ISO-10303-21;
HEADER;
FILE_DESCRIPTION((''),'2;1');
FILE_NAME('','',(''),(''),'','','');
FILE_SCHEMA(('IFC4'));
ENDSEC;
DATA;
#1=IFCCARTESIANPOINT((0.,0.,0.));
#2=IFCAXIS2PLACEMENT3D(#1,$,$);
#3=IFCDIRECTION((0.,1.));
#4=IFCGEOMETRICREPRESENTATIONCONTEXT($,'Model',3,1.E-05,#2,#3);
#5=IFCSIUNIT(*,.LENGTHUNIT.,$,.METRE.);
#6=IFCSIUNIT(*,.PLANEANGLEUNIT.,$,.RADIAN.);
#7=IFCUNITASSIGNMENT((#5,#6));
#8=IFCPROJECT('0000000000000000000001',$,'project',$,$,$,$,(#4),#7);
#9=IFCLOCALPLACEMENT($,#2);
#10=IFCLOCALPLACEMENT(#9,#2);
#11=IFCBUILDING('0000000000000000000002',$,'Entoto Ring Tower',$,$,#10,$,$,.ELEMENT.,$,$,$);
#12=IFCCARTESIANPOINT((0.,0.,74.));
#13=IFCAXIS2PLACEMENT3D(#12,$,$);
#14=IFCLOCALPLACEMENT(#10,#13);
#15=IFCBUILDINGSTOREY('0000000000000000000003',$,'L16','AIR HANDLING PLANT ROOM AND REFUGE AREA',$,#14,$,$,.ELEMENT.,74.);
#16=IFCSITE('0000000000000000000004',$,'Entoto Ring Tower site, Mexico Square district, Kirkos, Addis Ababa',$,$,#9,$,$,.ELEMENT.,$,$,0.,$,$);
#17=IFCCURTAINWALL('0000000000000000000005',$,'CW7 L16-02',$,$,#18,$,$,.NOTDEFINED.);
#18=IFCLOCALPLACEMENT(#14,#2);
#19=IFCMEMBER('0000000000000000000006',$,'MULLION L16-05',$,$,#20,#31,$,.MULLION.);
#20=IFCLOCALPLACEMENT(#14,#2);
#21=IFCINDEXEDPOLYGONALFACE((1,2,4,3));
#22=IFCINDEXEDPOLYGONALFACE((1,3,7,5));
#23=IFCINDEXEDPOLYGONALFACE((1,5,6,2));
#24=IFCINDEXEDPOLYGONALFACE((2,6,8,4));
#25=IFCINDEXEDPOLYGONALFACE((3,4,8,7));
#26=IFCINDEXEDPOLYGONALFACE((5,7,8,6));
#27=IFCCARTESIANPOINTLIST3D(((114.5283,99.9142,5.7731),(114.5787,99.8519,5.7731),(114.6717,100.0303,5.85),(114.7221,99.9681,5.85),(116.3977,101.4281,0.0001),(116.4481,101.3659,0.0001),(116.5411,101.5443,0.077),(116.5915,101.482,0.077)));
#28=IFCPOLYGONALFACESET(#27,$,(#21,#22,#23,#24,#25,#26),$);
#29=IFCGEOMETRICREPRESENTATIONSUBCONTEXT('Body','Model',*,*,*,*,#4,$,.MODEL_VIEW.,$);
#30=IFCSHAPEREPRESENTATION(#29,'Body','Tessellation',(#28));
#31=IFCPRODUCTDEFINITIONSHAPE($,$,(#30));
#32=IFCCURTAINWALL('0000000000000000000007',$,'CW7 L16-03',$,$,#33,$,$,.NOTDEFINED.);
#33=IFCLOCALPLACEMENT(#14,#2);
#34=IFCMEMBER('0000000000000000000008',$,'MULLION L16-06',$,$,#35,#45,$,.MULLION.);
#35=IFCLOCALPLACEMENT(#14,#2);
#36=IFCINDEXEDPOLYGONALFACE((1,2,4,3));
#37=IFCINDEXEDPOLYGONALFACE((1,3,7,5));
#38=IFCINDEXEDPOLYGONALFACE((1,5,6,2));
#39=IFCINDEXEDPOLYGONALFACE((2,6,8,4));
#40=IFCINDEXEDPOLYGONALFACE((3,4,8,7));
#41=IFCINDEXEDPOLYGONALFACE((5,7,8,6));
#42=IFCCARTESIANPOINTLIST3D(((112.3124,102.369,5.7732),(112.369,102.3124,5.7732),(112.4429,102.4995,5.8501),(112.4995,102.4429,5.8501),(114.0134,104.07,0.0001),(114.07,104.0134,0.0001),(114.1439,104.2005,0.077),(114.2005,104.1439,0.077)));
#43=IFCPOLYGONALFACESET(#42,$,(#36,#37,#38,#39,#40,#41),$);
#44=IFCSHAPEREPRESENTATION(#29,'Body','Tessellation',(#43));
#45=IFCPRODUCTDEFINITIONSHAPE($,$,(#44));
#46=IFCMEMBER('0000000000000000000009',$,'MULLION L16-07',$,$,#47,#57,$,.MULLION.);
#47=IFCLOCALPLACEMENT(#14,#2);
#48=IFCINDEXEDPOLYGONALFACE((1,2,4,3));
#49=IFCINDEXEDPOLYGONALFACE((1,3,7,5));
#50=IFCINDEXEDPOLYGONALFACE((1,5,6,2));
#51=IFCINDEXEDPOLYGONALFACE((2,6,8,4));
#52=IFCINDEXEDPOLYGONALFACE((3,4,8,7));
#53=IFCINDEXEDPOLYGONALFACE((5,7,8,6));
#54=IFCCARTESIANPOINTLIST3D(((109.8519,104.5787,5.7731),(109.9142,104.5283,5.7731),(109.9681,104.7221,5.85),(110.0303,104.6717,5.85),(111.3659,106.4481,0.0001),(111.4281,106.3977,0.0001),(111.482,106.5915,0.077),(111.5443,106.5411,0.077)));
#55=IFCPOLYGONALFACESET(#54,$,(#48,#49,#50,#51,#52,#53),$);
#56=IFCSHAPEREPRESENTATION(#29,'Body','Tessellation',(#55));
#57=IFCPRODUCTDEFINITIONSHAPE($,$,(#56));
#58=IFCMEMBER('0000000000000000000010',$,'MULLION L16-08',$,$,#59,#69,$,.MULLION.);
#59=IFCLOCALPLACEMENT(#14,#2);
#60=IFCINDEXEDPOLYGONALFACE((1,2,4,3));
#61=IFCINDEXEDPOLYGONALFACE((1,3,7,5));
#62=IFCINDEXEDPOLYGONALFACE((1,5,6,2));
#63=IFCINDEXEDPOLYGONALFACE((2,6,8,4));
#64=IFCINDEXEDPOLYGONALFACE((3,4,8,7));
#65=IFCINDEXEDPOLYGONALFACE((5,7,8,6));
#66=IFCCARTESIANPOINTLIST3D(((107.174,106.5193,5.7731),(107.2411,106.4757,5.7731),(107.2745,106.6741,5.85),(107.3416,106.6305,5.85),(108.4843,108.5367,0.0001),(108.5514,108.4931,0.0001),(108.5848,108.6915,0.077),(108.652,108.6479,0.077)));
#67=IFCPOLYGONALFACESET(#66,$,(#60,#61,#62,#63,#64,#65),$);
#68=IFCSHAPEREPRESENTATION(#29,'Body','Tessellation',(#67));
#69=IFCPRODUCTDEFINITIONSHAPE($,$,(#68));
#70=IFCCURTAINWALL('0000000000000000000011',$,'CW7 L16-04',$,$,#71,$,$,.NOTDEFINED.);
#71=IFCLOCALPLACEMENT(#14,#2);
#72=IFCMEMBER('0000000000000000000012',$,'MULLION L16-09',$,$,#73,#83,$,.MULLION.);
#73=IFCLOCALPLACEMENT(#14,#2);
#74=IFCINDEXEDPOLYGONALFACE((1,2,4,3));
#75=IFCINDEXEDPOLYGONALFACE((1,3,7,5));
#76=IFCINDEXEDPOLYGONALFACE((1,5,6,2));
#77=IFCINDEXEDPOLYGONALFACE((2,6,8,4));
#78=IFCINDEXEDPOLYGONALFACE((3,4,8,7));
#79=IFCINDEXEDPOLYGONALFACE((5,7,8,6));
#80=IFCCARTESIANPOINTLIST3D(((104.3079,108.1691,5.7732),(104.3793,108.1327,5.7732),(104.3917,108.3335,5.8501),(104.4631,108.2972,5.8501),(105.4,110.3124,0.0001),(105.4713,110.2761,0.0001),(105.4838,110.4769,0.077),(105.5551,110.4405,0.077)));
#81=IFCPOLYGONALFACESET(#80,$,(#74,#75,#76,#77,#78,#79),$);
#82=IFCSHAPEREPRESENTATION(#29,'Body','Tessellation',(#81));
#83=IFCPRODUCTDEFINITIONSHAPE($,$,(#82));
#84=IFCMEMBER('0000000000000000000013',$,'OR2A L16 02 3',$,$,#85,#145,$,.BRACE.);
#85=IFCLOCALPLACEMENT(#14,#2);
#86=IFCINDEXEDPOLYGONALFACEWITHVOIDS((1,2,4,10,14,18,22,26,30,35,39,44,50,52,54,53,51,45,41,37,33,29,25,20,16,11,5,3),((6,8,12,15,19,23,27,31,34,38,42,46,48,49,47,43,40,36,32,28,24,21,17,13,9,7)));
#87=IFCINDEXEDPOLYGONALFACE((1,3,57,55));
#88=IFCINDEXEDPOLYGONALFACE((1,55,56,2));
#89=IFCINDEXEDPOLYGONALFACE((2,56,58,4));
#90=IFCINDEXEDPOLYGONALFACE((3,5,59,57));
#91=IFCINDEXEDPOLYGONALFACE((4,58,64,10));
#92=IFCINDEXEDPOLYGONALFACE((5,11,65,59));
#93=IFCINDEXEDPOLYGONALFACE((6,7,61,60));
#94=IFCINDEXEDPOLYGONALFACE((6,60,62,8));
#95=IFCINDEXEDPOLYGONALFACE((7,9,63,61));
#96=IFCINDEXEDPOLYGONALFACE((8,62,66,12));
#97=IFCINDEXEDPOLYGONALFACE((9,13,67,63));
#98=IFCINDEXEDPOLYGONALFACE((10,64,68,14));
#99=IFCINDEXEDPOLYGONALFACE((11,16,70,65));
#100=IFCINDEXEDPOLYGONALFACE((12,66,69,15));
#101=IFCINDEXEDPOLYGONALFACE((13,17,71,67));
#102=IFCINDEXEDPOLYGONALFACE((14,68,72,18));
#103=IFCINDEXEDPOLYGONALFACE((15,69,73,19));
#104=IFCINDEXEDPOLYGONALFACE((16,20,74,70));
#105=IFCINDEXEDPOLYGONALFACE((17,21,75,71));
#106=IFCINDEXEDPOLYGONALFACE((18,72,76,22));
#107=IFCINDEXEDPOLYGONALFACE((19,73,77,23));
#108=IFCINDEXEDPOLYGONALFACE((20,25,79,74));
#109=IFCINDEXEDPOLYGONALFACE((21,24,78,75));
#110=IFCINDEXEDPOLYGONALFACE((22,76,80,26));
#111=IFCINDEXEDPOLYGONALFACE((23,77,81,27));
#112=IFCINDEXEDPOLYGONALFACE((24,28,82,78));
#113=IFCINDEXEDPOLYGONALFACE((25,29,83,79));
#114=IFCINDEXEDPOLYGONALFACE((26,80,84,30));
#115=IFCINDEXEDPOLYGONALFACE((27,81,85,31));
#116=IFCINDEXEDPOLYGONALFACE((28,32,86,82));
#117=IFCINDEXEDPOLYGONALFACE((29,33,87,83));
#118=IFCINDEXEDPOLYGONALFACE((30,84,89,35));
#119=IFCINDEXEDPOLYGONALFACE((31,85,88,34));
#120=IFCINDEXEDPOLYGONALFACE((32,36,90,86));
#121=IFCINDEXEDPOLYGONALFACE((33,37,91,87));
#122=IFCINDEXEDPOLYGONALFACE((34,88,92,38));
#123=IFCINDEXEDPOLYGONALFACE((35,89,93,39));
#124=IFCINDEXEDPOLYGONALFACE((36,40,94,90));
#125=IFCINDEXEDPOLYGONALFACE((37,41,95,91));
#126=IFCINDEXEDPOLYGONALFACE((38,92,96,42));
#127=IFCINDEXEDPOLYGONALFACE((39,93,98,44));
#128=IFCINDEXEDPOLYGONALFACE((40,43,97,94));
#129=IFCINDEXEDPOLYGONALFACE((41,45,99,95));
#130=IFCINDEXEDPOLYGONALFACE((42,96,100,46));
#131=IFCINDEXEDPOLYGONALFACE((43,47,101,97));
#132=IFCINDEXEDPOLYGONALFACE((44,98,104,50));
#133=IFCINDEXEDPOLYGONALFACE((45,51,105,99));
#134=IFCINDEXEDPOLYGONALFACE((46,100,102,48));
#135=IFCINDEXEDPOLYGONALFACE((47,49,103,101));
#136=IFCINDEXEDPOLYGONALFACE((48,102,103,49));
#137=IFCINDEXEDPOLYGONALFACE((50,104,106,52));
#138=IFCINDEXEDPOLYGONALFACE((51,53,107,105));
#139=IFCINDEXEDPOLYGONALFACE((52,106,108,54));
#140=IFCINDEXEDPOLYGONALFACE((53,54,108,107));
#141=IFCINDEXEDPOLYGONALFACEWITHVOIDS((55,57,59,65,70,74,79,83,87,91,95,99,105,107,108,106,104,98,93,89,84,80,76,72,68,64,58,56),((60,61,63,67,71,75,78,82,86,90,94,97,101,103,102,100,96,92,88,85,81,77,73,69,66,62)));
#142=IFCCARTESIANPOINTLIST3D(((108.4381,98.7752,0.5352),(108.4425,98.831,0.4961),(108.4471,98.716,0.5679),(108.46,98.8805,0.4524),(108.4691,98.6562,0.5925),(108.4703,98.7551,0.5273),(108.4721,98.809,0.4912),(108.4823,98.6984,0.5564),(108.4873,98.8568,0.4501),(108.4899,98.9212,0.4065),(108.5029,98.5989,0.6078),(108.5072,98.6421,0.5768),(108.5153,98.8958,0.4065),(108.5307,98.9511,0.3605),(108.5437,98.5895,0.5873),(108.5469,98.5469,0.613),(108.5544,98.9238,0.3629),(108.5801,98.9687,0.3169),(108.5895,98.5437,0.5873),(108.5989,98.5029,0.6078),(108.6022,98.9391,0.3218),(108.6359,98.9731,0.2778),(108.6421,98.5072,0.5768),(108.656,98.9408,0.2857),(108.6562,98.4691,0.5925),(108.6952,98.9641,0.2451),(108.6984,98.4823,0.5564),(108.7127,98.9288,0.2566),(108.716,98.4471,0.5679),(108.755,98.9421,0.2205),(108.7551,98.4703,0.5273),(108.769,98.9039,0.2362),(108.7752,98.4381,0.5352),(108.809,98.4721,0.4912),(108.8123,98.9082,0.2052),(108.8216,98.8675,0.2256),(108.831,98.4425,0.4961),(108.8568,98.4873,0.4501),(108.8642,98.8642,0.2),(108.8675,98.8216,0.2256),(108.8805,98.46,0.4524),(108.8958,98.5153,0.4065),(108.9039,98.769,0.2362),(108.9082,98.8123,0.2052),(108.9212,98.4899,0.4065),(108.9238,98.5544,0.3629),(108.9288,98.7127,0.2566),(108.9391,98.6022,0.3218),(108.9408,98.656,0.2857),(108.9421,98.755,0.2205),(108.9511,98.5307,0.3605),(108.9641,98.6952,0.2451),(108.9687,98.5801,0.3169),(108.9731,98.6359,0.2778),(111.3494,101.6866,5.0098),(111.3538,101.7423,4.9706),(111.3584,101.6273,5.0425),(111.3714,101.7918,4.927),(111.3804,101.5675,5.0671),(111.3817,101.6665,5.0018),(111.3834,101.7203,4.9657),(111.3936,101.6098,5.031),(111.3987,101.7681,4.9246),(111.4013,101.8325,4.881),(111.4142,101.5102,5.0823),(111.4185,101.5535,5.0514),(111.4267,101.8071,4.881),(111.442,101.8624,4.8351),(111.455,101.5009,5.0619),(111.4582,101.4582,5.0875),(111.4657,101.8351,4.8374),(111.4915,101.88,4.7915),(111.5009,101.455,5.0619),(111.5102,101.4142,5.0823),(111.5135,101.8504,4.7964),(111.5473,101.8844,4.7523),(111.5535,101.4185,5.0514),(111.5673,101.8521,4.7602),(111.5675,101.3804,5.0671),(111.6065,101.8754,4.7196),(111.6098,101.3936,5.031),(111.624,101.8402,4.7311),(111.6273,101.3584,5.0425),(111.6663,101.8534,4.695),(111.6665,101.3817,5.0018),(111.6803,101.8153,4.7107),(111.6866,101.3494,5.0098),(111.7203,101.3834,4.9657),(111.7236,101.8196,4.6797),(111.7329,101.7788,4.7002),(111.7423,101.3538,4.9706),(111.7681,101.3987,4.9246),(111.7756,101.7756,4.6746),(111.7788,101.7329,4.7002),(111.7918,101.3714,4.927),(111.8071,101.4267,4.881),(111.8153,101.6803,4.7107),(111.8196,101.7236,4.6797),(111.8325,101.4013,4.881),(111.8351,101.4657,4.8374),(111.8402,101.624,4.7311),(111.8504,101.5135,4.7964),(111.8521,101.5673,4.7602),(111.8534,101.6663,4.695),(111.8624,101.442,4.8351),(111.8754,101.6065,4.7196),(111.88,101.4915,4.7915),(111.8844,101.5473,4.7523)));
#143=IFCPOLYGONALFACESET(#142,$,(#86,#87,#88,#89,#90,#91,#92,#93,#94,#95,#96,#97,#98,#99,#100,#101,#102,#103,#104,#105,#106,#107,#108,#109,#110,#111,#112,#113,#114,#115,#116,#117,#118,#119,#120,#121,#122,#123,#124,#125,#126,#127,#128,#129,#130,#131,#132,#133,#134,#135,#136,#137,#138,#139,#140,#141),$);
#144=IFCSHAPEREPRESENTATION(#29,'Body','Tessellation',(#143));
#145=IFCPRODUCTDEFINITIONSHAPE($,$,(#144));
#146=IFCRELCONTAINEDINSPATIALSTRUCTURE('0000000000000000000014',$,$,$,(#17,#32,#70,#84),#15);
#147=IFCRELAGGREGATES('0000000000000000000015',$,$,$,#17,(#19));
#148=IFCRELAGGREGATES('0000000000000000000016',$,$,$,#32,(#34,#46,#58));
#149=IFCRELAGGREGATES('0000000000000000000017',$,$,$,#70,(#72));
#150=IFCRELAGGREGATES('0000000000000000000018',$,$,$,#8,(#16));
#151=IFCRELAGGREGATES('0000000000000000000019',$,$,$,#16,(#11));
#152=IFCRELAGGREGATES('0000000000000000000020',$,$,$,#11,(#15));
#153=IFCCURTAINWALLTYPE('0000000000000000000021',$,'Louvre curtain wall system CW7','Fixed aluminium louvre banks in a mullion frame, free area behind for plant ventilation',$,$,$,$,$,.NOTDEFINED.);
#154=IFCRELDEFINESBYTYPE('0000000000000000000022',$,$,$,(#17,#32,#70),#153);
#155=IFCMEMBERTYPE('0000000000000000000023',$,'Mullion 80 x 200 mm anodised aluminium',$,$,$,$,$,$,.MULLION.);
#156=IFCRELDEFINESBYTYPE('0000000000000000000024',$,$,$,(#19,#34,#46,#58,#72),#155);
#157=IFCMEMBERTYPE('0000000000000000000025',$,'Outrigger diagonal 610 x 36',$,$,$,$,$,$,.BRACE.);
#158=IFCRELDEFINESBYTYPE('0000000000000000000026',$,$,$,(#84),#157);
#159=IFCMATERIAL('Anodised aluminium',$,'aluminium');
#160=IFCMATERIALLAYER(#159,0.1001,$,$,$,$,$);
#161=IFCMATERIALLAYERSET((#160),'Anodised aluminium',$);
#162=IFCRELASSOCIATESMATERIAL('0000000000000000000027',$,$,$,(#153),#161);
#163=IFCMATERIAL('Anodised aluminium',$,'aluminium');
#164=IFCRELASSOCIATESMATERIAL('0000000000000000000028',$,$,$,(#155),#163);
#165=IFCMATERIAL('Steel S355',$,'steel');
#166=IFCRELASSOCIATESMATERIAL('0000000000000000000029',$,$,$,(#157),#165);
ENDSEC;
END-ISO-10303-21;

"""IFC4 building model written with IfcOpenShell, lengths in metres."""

from ifc_helpers import new_model, si_unit, direction, frame, origin, origin_2d, place, context, subcontext, project, spatial, rectangle, circle, hollow_circle, extrude, material, layer, layer_set, material_profile, profile_set, type_object, element, aggregate, save


model = new_model("IFC4")

# Units and contexts
model_context = context("Model", 3, precision=1e-05, world=origin(), true_north=direction((0.0, 1.0)))
body_context = subcontext(model_context, "Body", "Model", "MODEL_VIEW")
ifc_project = project(units=[si_unit("LENGTHUNIT", "METRE"), si_unit("PLANEANGLEUNIT", "RADIAN")], contexts=[model_context])

# Site, building, storey
site_placement = place(None, origin())
site = spatial("IfcSite", under=ifc_project, at=site_placement, Name="Entoto Ring Tower site, Mexico Square district, Kirkos, Addis Ababa", CompositionType="ELEMENT", RefElevation=0.0)
building_placement = place(site_placement, origin())
building = spatial("IfcBuilding", under=site, at=building_placement, Name="Entoto Ring Tower", CompositionType="ELEMENT")
storey_placement = place(building_placement, frame((0.0, 0.0, 74.0)))
storey = spatial("IfcBuildingStorey", under=building, at=storey_placement, Name="L16", Description="AIR HANDLING PLANT ROOM AND REFUGE AREA", CompositionType="ELEMENT", Elevation=74.0)

# Curtain walls, members
ifc_material_1 = material(Name="Anodised aluminium", Category="aluminium")
ifc_layer_1 = layer(ifc_material_1, 0.1001)
ifc_layer_set_1 = layer_set([ifc_layer_1], Name="Anodised aluminium")
curtain_wall_type = type_object("IfcCurtainWallType", Name="Louvre curtain wall system CW7", Description="Fixed aluminium louvre banks in a mullion frame, free area behind for plant ventilation", PredefinedType="NOTDEFINED", material=ifc_layer_set_1)
curtain_wall_1_placement = place(storey_placement, origin())
curtain_wall_1 = element("IfcCurtainWall", 1, at=curtain_wall_1_placement, inside=storey, type_object=curtain_wall_type, Name="CW7 L16-02", PredefinedType="NOTDEFINED")
ifc_material_2 = material(Name="Anodised aluminium", Category="aluminium")
ifc_material_profile_1 = material_profile(ifc_material_2, rectangle(XDim=0.0801, YDim=0.2, at=origin_2d()), Name="Mullion 80 x 200 mm anodised aluminium")
ifc_profile_set_1 = profile_set([ifc_material_profile_1], Name="Anodised aluminium")
member_type_1 = type_object("IfcMemberType", Name="Mullion 80 x 200 mm anodised aluminium", PredefinedType="MULLION", material=ifc_profile_set_1)
member_1_placement = place(storey_placement, frame((116.4946, 101.4551, 0.0386), z_axis=(-0.298907, -0.242069, 0.92307), x_axis=(0.62935, -0.777122, 0.0)))
member_1 = element("IfcMember", 2, at=member_1_placement, type_object=member_type_1, Name="MULLION L16-05", PredefinedType="MULLION", context=body_context, shape_type="SweptSolid", body=[
    extrude(rectangle(XDim=0.0801, YDim=0.2, at=origin_2d()), origin(), (0.0, 0.0, 1.0), 6.2542),
])
aggregate(curtain_wall_1, [member_1])
curtain_wall_2_placement = place(storey_placement, origin())
curtain_wall_2 = element("IfcCurtainWall", 3, at=curtain_wall_2_placement, inside=storey, type_object=curtain_wall_type, Name="CW7 L16-03", PredefinedType="NOTDEFINED")
member_2_placement = place(storey_placement, frame((114.1069, 104.1069, 0.0386), z_axis=(-0.271972, -0.271972, 0.923072), x_axis=(0.707107, -0.707107, 0.0)))
member_2 = element("IfcMember", 4, at=member_2_placement, type_object=member_type_1, Name="MULLION L16-06", PredefinedType="MULLION", context=body_context, shape_type="SweptSolid", body=[
    extrude(rectangle(XDim=0.0801, YDim=0.2, at=origin_2d()), origin(), (0.0, 0.0, 1.0), 6.2542),
])
member_3_placement = place(storey_placement, frame((111.4551, 106.4946, 0.0386), z_axis=(-0.242069, -0.298907, 0.92307), x_axis=(0.777122, -0.62935, 0.0)))
member_3 = element("IfcMember", 5, at=member_3_placement, type_object=member_type_1, Name="MULLION L16-07", PredefinedType="MULLION", context=body_context, shape_type="SweptSolid", body=[
    extrude(rectangle(XDim=0.0801, YDim=0.2, at=origin_2d()), origin(), (0.0, 0.0, 1.0), 6.2542),
])
member_4_placement = place(storey_placement, frame((108.5681, 108.5923, 0.0386), z_axis=(-0.209512, -0.322563, 0.92307), x_axis=(0.838627, -0.544706, 0.0)))
member_4 = element("IfcMember", 6, at=member_4_placement, type_object=member_type_1, Name="MULLION L16-08", PredefinedType="MULLION", context=body_context, shape_type="SweptSolid", body=[
    extrude(rectangle(XDim=0.0801, YDim=0.2, at=origin_2d()), origin(), (0.0, 0.0, 1.0), 6.2542),
])
aggregate(curtain_wall_2, [member_2, member_3, member_4])

# Curtain wall, member
curtain_wall_3_placement = place(storey_placement, origin())
curtain_wall_3 = element("IfcCurtainWall", 7, at=curtain_wall_3_placement, inside=storey, type_object=curtain_wall_type, Name="CW7 L16-04", PredefinedType="NOTDEFINED")
member_5_placement = place(storey_placement, frame((105.4775, 110.3765, 0.0386), z_axis=(-0.174613, -0.342707, 0.923072), x_axis=(0.891012, -0.453981, 0.0)))
member_5 = element("IfcMember", 8, at=member_5_placement, type_object=member_type_1, Name="MULLION L16-09", PredefinedType="MULLION", context=body_context, shape_type="SweptSolid", body=[
    extrude(rectangle(XDim=0.0801, YDim=0.2, at=origin_2d()), origin(), (0.0, 0.0, 1.0), 6.2542),
])
aggregate(curtain_wall_3, [member_5])

# Member
ifc_material_3 = material(Name="Steel S355", Category="steel")
ifc_material_profile_2 = material_profile(ifc_material_3, hollow_circle(Radius=0.3049, WallThickness=0.0359, at=origin_2d()), Name="CHS 610 x 36")
ifc_material_4 = material(Name="Concrete C60/75", Category="concrete")
ifc_material_profile_3 = material_profile(ifc_material_4, circle(Radius=0.269, at=origin_2d()), Name="Concrete C60/75 infill")
ifc_profile_set_2 = profile_set([ifc_material_profile_2, ifc_material_profile_3], Name="Steel S355")
member_type_2 = type_object("IfcMemberType", Name="Outrigger diagonal 610 x 36", PredefinedType="BRACE", material=ifc_profile_set_2)
member_6_placement = place(storey_placement, frame((108.7056, 98.7056, 0.4065), z_axis=(0.478793, 0.478793, 0.735876), x_axis=(-0.707107, 0.707107, 0.0)))
element("IfcMember", 9, at=member_6_placement, inside=storey, type_object=member_type_2, Name="OR2A L16 02 3", PredefinedType="BRACE", context=body_context, shape_type="SweptSolid", body=[
    extrude(hollow_circle(Radius=0.3049, WallThickness=0.0359, at=origin_2d()), origin(), (0.0, 0.0, 1.0), 6.0806),
])

save(model, "model.ifc")
